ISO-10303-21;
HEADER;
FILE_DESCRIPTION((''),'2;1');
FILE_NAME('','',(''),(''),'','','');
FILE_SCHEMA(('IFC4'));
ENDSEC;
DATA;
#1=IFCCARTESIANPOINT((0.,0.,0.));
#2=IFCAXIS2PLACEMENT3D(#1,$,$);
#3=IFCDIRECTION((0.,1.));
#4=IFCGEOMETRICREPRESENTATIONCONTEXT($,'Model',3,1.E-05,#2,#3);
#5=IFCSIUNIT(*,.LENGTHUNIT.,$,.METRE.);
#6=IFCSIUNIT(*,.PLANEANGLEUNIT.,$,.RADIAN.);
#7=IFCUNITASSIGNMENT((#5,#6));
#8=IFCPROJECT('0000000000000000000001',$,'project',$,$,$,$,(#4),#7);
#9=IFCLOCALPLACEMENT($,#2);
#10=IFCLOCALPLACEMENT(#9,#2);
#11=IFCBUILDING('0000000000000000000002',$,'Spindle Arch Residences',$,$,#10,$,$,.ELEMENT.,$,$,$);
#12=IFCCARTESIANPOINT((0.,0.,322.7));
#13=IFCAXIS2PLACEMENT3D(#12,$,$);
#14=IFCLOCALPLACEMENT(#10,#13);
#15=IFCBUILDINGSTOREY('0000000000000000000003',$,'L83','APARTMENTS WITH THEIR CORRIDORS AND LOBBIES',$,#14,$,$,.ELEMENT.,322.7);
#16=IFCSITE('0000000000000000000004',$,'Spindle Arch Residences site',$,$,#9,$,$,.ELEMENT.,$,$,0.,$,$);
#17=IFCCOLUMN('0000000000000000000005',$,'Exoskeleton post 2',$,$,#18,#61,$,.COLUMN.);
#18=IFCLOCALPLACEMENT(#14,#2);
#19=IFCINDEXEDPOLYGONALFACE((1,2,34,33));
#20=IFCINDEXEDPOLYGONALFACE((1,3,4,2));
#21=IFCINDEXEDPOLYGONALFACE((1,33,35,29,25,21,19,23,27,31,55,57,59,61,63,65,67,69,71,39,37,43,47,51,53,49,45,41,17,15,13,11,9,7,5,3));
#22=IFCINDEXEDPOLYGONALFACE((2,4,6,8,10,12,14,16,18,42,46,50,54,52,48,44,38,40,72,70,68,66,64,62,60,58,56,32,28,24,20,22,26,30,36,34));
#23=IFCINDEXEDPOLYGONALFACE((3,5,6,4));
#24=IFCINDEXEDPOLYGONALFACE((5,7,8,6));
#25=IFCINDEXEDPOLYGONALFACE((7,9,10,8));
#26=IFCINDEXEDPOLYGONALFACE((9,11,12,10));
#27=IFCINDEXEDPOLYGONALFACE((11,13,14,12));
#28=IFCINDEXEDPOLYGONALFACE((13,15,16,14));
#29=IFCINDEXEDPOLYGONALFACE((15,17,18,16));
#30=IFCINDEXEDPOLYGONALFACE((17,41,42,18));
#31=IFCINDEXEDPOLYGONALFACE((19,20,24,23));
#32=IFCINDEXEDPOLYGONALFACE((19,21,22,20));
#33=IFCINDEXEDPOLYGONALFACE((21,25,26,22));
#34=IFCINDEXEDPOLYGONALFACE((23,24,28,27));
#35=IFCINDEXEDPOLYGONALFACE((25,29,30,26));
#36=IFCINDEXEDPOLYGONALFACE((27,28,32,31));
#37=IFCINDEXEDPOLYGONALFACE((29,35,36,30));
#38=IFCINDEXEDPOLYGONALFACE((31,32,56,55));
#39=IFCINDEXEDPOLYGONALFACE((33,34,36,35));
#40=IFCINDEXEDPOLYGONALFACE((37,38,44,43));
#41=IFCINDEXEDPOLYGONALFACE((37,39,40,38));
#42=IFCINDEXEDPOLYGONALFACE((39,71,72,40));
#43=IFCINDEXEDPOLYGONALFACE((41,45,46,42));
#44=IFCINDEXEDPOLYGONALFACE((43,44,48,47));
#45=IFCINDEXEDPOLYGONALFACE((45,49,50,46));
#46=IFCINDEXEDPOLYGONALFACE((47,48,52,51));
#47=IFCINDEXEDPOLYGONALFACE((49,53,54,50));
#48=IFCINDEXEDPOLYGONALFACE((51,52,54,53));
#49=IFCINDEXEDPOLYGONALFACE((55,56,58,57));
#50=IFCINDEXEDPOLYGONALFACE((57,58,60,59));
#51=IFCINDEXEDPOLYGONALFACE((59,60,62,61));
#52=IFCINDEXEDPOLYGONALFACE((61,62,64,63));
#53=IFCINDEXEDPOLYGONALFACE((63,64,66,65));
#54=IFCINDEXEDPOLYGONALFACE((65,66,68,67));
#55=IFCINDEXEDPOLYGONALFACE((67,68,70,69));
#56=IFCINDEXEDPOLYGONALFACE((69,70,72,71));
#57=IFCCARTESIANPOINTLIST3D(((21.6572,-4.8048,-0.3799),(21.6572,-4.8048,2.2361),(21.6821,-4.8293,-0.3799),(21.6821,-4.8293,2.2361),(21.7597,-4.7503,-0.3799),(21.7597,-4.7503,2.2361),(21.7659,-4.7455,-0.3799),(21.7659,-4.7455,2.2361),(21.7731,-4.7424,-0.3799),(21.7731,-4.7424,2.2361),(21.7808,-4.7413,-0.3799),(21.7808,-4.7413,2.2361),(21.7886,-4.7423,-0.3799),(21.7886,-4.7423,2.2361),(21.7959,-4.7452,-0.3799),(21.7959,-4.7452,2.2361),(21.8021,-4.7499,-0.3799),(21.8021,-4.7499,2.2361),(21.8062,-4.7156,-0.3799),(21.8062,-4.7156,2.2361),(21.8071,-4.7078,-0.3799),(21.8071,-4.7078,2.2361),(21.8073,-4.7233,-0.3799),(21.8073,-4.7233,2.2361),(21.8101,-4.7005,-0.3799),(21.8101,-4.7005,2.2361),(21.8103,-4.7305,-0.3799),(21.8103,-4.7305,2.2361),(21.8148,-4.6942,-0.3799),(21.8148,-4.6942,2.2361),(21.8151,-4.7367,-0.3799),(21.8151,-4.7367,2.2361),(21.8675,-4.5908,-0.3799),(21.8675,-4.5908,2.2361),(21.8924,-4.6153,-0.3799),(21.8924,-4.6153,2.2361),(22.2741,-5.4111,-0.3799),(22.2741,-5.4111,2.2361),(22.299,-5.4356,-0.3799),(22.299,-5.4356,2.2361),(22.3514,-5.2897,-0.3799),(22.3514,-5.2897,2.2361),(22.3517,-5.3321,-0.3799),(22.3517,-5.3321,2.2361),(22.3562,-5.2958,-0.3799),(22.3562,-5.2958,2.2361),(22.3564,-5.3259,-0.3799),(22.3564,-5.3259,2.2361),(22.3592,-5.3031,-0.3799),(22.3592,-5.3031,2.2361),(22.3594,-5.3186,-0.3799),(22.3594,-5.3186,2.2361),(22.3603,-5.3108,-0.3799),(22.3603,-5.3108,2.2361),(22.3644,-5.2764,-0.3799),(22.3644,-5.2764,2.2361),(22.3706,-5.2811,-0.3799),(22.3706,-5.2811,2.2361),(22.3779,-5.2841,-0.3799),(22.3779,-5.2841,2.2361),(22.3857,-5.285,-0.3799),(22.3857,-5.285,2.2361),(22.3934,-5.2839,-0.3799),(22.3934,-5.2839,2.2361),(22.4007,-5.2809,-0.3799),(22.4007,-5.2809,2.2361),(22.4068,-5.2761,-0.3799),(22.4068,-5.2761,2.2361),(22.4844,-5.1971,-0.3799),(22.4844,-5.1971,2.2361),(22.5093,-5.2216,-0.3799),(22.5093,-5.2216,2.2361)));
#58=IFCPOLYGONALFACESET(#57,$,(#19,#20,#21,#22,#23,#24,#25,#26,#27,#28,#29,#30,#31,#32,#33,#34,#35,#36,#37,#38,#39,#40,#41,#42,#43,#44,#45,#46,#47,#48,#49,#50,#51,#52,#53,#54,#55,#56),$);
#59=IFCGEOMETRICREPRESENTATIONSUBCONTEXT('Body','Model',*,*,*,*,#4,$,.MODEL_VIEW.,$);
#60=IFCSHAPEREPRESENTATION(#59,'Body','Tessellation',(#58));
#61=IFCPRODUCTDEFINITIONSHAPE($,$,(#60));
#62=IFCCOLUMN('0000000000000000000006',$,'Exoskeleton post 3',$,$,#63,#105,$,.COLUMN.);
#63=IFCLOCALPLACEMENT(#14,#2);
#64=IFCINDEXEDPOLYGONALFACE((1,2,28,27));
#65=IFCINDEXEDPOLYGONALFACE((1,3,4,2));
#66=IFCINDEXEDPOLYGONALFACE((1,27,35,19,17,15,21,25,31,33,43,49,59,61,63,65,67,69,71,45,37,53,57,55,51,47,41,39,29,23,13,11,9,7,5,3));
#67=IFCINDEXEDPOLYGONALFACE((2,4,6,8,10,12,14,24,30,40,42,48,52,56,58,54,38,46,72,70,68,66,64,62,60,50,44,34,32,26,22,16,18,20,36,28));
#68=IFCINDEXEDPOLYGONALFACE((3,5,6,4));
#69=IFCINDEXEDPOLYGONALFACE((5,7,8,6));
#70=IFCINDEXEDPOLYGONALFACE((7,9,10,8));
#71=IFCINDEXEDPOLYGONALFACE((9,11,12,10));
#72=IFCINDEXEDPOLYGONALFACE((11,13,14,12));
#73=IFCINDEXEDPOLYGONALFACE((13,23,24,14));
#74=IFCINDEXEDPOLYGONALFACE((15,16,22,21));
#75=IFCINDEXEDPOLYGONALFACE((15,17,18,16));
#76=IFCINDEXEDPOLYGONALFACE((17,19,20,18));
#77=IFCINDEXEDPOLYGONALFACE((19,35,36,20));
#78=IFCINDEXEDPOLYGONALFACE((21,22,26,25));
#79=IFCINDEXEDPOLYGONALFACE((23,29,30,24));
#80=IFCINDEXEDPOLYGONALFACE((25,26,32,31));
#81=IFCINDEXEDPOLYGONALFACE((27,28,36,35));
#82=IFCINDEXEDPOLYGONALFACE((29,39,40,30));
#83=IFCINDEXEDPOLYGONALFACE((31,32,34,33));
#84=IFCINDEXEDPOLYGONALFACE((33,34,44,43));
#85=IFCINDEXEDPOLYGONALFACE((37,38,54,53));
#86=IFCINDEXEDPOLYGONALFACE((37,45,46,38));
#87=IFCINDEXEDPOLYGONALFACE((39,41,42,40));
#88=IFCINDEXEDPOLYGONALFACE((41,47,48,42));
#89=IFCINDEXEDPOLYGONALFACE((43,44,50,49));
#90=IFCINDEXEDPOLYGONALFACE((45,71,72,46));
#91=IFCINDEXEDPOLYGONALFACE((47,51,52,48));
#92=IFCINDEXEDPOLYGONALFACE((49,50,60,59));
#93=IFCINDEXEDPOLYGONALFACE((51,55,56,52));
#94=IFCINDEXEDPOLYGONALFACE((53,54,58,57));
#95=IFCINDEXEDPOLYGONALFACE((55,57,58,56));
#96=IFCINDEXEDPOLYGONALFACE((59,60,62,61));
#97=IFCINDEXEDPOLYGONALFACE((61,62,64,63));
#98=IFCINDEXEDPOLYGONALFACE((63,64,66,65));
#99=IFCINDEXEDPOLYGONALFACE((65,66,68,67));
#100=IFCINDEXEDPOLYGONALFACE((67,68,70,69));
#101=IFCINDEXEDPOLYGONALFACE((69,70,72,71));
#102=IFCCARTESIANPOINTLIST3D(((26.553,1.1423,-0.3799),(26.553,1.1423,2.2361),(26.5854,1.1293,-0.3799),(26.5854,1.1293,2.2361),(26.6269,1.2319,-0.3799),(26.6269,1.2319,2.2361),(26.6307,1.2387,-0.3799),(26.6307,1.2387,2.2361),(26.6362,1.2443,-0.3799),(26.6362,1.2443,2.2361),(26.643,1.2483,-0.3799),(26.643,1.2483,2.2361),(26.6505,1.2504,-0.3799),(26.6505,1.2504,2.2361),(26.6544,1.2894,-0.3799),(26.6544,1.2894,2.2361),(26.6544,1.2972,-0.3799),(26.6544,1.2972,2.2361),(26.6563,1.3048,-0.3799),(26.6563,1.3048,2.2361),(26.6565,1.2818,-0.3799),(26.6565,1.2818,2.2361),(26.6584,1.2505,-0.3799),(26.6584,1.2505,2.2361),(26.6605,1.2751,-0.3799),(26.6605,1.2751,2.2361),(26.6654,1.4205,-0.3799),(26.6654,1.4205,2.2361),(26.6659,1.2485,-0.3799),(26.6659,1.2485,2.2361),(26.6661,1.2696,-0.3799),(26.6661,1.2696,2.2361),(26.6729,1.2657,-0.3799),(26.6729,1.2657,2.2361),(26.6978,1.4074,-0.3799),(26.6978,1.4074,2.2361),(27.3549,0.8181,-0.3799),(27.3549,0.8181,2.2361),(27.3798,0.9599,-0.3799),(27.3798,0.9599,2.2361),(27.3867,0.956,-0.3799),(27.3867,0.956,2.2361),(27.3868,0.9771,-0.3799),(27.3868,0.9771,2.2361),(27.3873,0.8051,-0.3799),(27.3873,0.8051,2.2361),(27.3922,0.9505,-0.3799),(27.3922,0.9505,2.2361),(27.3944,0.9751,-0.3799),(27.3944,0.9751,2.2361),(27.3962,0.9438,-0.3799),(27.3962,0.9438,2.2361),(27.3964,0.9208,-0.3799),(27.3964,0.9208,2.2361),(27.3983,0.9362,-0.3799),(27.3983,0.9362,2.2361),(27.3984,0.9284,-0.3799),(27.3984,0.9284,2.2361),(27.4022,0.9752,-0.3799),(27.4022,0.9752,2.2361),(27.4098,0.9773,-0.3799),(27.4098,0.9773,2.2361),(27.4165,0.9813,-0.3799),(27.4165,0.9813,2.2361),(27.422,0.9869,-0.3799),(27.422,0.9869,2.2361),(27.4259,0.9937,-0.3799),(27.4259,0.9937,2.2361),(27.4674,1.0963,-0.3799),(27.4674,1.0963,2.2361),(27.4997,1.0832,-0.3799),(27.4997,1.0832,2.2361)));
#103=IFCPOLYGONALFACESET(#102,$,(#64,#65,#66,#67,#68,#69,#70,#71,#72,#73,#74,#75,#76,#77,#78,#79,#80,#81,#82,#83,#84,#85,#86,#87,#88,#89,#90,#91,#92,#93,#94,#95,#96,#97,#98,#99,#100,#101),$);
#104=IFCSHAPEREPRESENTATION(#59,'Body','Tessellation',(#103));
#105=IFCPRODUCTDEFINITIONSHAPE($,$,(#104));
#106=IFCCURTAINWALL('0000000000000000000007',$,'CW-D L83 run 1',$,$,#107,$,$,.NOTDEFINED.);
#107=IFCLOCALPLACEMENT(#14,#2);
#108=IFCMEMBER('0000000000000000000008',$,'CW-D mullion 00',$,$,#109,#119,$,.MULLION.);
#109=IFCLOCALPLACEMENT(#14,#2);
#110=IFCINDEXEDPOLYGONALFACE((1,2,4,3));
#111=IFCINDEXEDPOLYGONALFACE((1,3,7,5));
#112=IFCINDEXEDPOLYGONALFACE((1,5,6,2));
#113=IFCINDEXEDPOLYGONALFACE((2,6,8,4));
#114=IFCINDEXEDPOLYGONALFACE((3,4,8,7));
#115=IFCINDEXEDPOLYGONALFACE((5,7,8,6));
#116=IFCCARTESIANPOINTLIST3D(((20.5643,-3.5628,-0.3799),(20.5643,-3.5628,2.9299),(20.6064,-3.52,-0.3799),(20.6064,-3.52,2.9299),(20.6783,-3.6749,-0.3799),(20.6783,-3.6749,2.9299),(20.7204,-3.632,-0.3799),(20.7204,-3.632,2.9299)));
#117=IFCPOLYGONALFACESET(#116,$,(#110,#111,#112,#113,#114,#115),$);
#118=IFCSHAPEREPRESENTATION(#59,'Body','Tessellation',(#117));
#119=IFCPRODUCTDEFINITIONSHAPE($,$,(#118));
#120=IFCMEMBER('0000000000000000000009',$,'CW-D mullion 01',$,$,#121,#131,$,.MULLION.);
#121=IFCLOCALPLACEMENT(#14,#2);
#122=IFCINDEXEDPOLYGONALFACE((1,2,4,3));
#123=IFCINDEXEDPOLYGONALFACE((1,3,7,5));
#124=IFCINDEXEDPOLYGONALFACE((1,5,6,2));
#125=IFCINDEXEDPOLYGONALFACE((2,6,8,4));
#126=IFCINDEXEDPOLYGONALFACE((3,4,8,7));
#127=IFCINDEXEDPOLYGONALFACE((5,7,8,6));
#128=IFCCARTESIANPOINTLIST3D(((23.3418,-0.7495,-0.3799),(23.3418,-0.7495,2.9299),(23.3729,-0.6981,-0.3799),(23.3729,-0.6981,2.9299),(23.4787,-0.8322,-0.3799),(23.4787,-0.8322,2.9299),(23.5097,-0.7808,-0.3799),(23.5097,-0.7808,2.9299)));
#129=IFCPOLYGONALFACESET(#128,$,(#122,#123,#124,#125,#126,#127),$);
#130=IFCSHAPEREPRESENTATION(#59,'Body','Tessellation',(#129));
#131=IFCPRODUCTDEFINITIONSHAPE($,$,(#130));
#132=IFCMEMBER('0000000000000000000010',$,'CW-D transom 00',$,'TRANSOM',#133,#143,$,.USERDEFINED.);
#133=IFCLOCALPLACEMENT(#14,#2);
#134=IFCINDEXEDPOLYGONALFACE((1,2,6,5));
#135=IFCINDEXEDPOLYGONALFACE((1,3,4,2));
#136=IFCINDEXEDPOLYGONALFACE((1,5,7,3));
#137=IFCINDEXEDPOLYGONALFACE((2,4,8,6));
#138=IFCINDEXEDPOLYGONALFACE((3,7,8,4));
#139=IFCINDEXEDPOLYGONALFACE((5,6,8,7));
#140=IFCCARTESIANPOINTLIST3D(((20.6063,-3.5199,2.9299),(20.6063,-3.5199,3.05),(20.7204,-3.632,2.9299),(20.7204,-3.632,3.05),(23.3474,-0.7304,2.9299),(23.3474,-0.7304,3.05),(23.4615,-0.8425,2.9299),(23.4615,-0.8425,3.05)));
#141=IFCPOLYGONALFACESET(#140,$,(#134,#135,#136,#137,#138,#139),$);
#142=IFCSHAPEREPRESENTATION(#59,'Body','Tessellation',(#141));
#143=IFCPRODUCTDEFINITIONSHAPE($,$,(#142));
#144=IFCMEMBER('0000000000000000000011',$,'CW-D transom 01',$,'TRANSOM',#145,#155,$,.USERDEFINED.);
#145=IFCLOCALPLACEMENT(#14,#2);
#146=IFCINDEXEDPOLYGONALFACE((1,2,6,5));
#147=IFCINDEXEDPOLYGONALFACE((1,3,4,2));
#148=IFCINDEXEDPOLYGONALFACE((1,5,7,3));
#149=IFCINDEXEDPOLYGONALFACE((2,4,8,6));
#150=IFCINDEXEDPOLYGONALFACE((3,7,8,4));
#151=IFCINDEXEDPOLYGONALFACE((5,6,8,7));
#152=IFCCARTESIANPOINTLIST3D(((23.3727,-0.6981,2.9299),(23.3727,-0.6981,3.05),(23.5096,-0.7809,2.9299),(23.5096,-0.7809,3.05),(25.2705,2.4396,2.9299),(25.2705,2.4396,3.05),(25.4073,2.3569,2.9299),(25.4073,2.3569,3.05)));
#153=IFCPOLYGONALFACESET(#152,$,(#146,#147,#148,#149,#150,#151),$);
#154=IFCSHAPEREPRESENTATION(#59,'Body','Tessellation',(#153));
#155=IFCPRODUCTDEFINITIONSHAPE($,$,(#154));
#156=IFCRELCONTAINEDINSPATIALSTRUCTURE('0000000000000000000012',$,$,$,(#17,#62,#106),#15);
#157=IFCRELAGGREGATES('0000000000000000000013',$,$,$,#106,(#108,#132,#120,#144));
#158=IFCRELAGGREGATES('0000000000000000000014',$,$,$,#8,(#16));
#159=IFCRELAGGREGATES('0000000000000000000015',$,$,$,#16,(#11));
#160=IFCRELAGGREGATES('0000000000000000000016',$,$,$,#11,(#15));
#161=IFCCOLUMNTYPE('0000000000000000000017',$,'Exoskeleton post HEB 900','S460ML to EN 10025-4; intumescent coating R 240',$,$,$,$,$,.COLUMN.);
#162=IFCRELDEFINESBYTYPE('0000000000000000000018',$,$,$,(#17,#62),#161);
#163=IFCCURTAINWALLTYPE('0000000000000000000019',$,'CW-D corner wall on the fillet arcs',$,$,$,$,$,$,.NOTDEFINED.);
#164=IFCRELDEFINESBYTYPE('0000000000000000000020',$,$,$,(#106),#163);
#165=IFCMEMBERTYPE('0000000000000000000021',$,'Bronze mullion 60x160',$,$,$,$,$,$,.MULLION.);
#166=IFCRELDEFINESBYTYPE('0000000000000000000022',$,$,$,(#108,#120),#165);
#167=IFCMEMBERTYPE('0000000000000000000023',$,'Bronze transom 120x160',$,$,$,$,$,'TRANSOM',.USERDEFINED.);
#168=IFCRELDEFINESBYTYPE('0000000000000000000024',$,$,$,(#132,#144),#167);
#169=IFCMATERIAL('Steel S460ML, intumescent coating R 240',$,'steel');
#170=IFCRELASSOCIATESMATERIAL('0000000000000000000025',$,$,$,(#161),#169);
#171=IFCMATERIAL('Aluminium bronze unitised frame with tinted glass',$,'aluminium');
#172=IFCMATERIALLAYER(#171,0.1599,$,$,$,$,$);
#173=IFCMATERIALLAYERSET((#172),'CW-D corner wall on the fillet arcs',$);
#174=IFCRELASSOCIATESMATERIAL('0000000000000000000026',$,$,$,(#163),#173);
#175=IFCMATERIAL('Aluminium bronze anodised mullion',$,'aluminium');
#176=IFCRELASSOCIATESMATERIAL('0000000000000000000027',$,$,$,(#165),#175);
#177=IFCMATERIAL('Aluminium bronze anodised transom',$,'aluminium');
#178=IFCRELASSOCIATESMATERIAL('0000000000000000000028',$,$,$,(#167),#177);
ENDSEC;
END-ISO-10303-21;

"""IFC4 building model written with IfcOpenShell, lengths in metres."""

from ifc_helpers import new_model, si_unit, direction, frame, origin, origin_2d, place, context, subcontext, project, spatial, rectangle, i_section, extrude, material, layer, layer_set, material_profile, profile_set, type_object, element, aggregate, save


model = new_model("IFC4")

# Units and contexts
model_context = context("Model", 3, precision=1e-05, world=origin(), true_north=direction((0.0, 1.0)))
body_context = subcontext(model_context, "Body", "Model", "MODEL_VIEW")
ifc_project = project(units=[si_unit("LENGTHUNIT", "METRE"), si_unit("PLANEANGLEUNIT", "RADIAN")], contexts=[model_context])

# Site, building, storey
site_placement = place(None, origin())
site = spatial("IfcSite", under=ifc_project, at=site_placement, Name="Spindle Arch Residences site", CompositionType="ELEMENT", RefElevation=0.0)
building_placement = place(site_placement, origin())
building = spatial("IfcBuilding", under=site, at=building_placement, Name="Spindle Arch Residences", CompositionType="ELEMENT")
storey_placement = place(building_placement, frame((0.0, 0.0, 322.7)))
storey = spatial("IfcBuildingStorey", under=building, at=storey_placement, Name="L83", Description="APARTMENTS WITH THEIR CORRIDORS AND LOBBIES", CompositionType="ELEMENT", Elevation=322.7)

# Columns
ifc_material_1 = material(Name="Steel S460ML, intumescent coating R 240", Category="steel")
ifc_material_profile_1 = material_profile(ifc_material_1, i_section(OverallWidth=0.3, OverallDepth=0.8999, WebThickness=0.0186, FlangeThickness=0.0349, FilletRadius=0.03, at=origin_2d()), Name="HEB 900")
ifc_profile_set_1 = profile_set([ifc_material_profile_1], Name="Steel S460ML, intumescent coating R 240")
column_type = type_object("IfcColumnType", Name="Exoskeleton post HEB 900", Description="S460ML to EN 10025-4; intumescent coating R 240", PredefinedType="COLUMN", material=ifc_profile_set_1)
for number, where, z_axis, x_axis, name in (
    (1, (22.0833, -5.0132, -0.3799), (0.0, 0.0, 1.0), (-0.700909, -0.71325, 0.0), "Exoskeleton post 2"),
    (2, (27.0264, 1.1128, -0.3799), (0.0, 0.0, 1.0), (-0.374803, -0.927105, 0.0), "Exoskeleton post 3"),
):
    element("IfcColumn", number, at=place(storey_placement, frame(where, z_axis=z_axis, x_axis=x_axis)), inside=storey, type_object=column_type, Name=name, PredefinedType="COLUMN", context=body_context, shape_type="SweptSolid", body=[
        extrude(i_section(OverallWidth=0.3, OverallDepth=0.8999, WebThickness=0.0186, FlangeThickness=0.0349, FilletRadius=0.03, at=origin_2d()), origin(), (0.0, 0.0, 1.0), 2.616),
    ])

# Curtain wall, members
ifc_material_2 = material(Name="Aluminium bronze unitised frame with tinted glass", Category="aluminium")
ifc_layer_1 = layer(ifc_material_2, 0.1599)
ifc_layer_set_1 = layer_set([ifc_layer_1], Name="CW-D corner wall on the fillet arcs")
curtain_wall_type_1 = type_object("IfcCurtainWallType", Name="CW-D corner wall on the fillet arcs", PredefinedType="NOTDEFINED", material=ifc_layer_set_1)
curtain_wall_1_placement = place(storey_placement, origin())
curtain_wall_1 = element("IfcCurtainWall", 3, at=curtain_wall_1_placement, inside=storey, type_object=curtain_wall_type_1, Name="CW-D L83 run 1", PredefinedType="NOTDEFINED")
ifc_material_3 = material(Name="Aluminium bronze anodised mullion", Category="aluminium")
ifc_material_profile_2 = material_profile(ifc_material_3, rectangle(XDim=0.1599, YDim=0.0601, at=origin_2d()), Name="MU 60x160")
ifc_profile_set_2 = profile_set([ifc_material_profile_2], Name="Aluminium bronze anodised mullion")
member_type_1 = type_object("IfcMemberType", Name="Bronze mullion 60x160", PredefinedType="MULLION", material=ifc_profile_set_2)
member_1_placement = place(storey_placement, frame((20.6423, -3.5974, -0.3799), z_axis=(0.0, 0.0, 1.0), x_axis=(-0.71325, 0.700909, 0.0)))
member_1 = element("IfcMember", 4, at=member_1_placement, type_object=member_type_1, Name="CW-D mullion 00", PredefinedType="MULLION", context=body_context, shape_type="SweptSolid", body=[
    extrude(rectangle(XDim=0.1599, YDim=0.0601, at=origin_2d()), origin(), (0.0, 0.0, 1.0), 3.3098),
])
member_2_placement = place(storey_placement, frame((23.4258, -0.7651, -0.3799), z_axis=(0.0, 0.0, 1.0), x_axis=(-0.855665, 0.517529, 0.0)))
member_2 = element("IfcMember", 5, at=member_2_placement, type_object=member_type_1, Name="CW-D mullion 01", PredefinedType="MULLION", context=body_context, shape_type="SweptSolid", body=[
    extrude(rectangle(XDim=0.1599, YDim=0.0601, at=origin_2d()), origin(), (0.0, 0.0, 1.0), 3.3098),
])
ifc_material_4 = material(Name="Aluminium bronze anodised transom", Category="aluminium")
ifc_material_profile_3 = material_profile(ifc_material_4, rectangle(XDim=0.1599, YDim=0.1201, at=origin_2d()), Name="TR 120x160")
ifc_profile_set_3 = profile_set([ifc_material_profile_3], Name="Aluminium bronze anodised transom")
member_type_2 = type_object("IfcMemberType", Name="Bronze transom 120x160", ElementType="TRANSOM", PredefinedType="USERDEFINED", material=ifc_profile_set_3)
member_3_placement = place(storey_placement, frame((20.6633, -3.5759, 2.99), z_axis=(0.7009, 0.71326, 0.0), x_axis=(-0.71326, 0.7009, 0.0)))
member_3 = element("IfcMember", 6, at=member_3_placement, type_object=member_type_2, Name="CW-D transom 00", ObjectType="TRANSOM", PredefinedType="USERDEFINED", context=body_context, shape_type="SweptSolid", body=[
    extrude(rectangle(XDim=0.1599, YDim=0.1201, at=origin_2d()), origin(), (0.0, 0.0, 1.0), 3.9109),
])
member_4_placement = place(storey_placement, frame((23.4412, -0.7395, 2.99), z_axis=(0.517518, 0.855672, 0.0), x_axis=(-0.855672, 0.517518, 0.0)))
member_4 = element("IfcMember", 7, at=member_4_placement, type_object=member_type_2, Name="CW-D transom 01", ObjectType="TRANSOM", PredefinedType="USERDEFINED", context=body_context, shape_type="SweptSolid", body=[
    extrude(rectangle(XDim=0.1599, YDim=0.1201, at=origin_2d()), origin(), (0.0, 0.0, 1.0), 3.667),
])

aggregate(curtain_wall_1, [member_1, member_3, member_2, member_4])

save(model, "model.ifc")
